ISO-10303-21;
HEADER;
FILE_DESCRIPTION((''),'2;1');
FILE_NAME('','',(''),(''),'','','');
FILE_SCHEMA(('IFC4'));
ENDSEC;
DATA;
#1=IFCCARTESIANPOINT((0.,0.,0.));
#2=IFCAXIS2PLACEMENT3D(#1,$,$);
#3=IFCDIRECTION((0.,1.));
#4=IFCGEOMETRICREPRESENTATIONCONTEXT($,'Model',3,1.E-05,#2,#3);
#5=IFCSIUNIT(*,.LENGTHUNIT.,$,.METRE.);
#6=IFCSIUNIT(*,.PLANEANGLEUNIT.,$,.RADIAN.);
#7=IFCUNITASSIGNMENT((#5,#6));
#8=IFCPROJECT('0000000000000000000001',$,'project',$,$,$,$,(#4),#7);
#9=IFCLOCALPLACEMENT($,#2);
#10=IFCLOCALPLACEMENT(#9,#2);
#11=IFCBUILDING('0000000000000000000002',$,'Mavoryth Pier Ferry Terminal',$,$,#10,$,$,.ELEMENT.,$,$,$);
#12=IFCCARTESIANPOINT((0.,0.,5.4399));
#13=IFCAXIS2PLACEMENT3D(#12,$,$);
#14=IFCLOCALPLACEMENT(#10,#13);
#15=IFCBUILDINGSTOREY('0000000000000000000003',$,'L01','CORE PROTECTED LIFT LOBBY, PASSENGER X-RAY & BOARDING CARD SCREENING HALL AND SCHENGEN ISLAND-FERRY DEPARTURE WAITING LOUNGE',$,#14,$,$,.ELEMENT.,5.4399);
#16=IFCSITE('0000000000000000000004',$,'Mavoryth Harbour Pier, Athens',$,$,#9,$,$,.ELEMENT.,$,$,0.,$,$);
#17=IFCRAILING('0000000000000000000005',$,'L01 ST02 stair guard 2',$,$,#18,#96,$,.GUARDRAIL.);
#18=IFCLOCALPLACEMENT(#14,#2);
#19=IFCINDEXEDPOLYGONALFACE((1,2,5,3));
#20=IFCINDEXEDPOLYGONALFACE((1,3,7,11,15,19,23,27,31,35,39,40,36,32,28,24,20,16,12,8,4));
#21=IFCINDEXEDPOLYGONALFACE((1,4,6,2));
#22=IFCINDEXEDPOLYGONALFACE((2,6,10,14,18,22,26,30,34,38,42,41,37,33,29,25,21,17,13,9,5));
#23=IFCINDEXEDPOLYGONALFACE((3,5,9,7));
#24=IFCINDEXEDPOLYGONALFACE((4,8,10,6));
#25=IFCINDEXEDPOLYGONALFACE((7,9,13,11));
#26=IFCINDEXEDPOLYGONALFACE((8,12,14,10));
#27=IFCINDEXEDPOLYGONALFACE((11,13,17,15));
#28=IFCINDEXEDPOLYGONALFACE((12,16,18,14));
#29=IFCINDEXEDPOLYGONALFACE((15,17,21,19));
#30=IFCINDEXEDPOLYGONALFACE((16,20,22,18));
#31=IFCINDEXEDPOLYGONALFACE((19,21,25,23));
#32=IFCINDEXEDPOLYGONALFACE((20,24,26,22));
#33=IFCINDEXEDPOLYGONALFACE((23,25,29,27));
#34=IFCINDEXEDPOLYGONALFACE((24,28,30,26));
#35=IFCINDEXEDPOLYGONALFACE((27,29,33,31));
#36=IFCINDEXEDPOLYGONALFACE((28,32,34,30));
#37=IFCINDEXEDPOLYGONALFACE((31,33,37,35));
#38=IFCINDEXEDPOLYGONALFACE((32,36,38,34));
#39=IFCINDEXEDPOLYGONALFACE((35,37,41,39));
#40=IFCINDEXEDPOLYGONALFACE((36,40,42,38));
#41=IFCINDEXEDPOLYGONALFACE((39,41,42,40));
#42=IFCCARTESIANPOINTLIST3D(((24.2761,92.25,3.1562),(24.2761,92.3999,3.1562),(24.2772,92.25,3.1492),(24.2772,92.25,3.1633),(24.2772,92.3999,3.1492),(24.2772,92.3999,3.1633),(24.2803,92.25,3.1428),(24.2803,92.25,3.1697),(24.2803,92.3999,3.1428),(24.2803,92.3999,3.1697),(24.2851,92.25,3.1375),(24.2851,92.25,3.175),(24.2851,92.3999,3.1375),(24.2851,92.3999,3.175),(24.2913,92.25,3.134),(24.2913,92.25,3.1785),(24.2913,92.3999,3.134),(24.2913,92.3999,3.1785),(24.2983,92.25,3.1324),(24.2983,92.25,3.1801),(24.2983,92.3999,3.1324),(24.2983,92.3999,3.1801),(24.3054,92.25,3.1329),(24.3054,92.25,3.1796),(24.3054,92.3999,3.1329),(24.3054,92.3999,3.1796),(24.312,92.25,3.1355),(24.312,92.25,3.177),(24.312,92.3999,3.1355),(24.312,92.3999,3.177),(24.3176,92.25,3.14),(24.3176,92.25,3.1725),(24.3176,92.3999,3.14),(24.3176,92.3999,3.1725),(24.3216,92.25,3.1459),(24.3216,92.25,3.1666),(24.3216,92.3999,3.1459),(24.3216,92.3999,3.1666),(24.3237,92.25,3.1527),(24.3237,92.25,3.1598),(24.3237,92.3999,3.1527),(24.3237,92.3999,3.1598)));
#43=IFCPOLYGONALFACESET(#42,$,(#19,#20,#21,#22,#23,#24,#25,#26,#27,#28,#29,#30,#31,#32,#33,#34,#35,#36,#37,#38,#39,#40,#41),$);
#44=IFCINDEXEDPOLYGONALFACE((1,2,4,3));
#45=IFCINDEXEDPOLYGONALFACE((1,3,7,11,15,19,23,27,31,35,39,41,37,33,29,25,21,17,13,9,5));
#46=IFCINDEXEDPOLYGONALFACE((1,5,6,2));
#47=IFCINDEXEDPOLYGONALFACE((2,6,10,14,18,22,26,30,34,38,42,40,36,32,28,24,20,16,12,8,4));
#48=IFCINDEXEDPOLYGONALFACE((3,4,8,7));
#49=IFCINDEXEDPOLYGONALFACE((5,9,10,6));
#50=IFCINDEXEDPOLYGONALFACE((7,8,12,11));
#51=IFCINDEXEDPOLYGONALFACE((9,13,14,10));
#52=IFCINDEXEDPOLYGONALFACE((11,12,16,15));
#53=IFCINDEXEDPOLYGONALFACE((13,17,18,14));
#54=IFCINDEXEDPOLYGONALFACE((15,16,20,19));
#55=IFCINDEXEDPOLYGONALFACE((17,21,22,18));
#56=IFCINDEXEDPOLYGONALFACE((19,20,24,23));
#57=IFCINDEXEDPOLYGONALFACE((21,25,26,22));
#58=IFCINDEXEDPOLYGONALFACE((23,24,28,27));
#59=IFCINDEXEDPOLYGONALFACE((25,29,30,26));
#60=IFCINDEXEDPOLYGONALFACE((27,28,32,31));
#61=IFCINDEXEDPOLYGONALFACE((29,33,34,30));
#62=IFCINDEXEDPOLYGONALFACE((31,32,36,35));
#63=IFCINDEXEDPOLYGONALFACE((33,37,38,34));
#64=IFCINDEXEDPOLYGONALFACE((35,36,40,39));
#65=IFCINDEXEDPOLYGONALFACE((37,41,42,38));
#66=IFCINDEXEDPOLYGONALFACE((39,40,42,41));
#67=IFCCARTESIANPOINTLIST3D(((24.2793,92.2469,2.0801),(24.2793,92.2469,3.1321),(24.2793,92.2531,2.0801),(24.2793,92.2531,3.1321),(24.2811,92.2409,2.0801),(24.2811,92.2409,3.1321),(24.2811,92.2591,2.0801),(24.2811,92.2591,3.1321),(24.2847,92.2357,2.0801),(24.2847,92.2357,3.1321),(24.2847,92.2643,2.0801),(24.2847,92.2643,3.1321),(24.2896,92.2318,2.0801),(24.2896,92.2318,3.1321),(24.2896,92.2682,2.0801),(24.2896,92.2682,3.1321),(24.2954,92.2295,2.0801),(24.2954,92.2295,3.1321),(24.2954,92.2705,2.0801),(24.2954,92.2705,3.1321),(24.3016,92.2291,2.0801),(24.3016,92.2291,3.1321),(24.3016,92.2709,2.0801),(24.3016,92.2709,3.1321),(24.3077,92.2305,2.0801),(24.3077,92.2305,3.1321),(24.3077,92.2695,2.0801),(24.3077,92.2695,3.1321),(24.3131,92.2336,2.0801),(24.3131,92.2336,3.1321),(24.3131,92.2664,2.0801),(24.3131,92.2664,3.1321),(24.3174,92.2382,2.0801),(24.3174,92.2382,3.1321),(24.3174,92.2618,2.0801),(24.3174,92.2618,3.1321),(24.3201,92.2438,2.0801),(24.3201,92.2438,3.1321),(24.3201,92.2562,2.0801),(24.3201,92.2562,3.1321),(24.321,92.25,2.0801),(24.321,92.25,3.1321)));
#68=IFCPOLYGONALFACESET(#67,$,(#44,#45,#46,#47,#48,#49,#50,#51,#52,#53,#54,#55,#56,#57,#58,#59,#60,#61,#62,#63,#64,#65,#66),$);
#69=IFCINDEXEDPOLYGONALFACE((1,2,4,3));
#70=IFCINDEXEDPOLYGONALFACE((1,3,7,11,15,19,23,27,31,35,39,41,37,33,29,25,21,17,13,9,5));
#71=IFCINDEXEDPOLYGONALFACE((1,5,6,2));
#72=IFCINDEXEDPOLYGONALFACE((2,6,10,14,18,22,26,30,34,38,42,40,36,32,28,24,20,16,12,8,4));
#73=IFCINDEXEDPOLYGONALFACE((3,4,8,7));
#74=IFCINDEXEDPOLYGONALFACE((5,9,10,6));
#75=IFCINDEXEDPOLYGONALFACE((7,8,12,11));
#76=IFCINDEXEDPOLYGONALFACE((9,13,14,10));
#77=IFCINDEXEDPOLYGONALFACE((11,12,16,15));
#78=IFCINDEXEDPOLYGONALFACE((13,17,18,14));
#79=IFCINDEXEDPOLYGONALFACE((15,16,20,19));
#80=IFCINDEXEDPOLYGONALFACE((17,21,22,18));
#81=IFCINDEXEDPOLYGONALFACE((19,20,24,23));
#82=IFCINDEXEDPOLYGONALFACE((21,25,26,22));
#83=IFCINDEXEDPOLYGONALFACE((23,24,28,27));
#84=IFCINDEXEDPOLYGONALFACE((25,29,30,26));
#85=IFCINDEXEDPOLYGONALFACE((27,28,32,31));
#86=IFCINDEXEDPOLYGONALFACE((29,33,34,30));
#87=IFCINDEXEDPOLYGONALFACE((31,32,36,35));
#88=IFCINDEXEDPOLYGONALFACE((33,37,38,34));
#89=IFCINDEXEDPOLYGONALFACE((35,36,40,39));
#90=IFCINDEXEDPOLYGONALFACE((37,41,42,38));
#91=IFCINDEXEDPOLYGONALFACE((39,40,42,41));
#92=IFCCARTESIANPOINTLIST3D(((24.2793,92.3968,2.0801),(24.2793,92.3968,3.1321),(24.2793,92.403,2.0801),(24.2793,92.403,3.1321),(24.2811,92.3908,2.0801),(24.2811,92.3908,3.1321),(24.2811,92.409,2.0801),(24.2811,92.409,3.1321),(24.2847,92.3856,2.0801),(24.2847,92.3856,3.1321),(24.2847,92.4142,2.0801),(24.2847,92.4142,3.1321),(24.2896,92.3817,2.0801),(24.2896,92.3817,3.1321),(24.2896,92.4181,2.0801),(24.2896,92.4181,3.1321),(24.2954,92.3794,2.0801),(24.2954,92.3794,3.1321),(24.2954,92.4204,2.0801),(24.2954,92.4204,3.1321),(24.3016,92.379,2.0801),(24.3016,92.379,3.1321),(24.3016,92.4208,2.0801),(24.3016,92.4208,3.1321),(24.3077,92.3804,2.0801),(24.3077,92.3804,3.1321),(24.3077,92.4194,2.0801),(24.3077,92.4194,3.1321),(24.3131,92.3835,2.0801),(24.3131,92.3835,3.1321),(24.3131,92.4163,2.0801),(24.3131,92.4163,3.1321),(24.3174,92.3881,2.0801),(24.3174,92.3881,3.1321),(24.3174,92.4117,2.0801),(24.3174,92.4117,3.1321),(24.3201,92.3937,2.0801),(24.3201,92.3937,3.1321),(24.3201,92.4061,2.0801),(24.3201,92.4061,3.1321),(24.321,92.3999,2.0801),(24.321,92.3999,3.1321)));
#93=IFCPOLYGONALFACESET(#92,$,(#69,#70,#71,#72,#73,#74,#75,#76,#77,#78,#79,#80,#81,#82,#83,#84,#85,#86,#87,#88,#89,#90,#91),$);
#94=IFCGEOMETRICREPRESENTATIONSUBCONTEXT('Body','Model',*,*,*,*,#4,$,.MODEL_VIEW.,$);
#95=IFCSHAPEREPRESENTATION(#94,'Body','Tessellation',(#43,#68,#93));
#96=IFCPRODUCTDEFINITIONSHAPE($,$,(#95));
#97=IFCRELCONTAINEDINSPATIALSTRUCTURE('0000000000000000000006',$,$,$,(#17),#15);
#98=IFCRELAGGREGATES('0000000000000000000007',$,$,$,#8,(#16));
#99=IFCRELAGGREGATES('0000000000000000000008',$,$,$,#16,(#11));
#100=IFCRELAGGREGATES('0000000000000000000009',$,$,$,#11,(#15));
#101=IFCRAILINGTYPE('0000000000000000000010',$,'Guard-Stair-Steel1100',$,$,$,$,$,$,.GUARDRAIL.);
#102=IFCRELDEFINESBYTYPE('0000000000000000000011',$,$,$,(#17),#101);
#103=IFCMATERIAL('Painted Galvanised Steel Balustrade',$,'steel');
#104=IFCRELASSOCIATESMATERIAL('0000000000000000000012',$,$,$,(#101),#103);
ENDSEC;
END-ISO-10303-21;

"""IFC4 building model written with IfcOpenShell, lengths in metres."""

from ifc_helpers import new_model, si_unit, direction, frame, origin, origin_2d, place, context, subcontext, project, spatial, circle, extrude, material, type_object, element, save


model = new_model("IFC4")

# Units and contexts
model_context = context("Model", 3, precision=1e-05, world=origin(), true_north=direction((0.0, 1.0)))
body_context = subcontext(model_context, "Body", "Model", "MODEL_VIEW")
ifc_project = project(units=[si_unit("LENGTHUNIT", "METRE"), si_unit("PLANEANGLEUNIT", "RADIAN")], contexts=[model_context])

# Site, building, storey
site_placement = place(None, origin())
site = spatial("IfcSite", under=ifc_project, at=site_placement, Name="Mavoryth Harbour Pier, Athens", CompositionType="ELEMENT", RefElevation=0.0)
building_placement = place(site_placement, origin())
building = spatial("IfcBuilding", under=site, at=building_placement, Name="Mavoryth Pier Ferry Terminal", CompositionType="ELEMENT")
storey_placement = place(building_placement, frame((0.0, 0.0, 5.4399)))
storey = spatial("IfcBuildingStorey", under=building, at=storey_placement, Name="L01", Description="CORE PROTECTED LIFT LOBBY, PASSENGER X-RAY & BOARDING CARD SCREENING HALL AND SCHENGEN ISLAND-FERRY DEPARTURE WAITING LOUNGE", CompositionType="ELEMENT", Elevation=5.4399)

# Railing
ifc_material_1 = material(Name="Painted Galvanised Steel Balustrade", Category="steel")
railing_type_1 = type_object("IfcRailingType", Name="Guard-Stair-Steel1100", PredefinedType="GUARDRAIL", material=ifc_material_1)
railing_1_placement = place(storey_placement, frame((24.3, 92.25, 2.0801)))
element("IfcRailing", 1, at=railing_1_placement, inside=storey, type_object=railing_type_1, Name="L01 ST02 stair guard 2", PredefinedType="GUARDRAIL", context=body_context, shape_type="SweptSolid", body=[
    extrude(circle(Radius=0.0239, at=origin_2d()), frame((0.0, 0.0, 1.0762), z_axis=(0.0, 1.0, 0.0), x_axis=(-1.0, 0.0, 0.0)), (0.0, 0.0, 1.0), 0.1499),
    extrude(circle(Radius=0.021, at=origin_2d()), origin(), (0.0, 0.0, 1.0), 1.052),
    extrude(circle(Radius=0.021, at=origin_2d()), frame((0.0, 0.1499, 0.0)), (0.0, 0.0, 1.0), 1.052),
])

save(model, "model.ifc")
